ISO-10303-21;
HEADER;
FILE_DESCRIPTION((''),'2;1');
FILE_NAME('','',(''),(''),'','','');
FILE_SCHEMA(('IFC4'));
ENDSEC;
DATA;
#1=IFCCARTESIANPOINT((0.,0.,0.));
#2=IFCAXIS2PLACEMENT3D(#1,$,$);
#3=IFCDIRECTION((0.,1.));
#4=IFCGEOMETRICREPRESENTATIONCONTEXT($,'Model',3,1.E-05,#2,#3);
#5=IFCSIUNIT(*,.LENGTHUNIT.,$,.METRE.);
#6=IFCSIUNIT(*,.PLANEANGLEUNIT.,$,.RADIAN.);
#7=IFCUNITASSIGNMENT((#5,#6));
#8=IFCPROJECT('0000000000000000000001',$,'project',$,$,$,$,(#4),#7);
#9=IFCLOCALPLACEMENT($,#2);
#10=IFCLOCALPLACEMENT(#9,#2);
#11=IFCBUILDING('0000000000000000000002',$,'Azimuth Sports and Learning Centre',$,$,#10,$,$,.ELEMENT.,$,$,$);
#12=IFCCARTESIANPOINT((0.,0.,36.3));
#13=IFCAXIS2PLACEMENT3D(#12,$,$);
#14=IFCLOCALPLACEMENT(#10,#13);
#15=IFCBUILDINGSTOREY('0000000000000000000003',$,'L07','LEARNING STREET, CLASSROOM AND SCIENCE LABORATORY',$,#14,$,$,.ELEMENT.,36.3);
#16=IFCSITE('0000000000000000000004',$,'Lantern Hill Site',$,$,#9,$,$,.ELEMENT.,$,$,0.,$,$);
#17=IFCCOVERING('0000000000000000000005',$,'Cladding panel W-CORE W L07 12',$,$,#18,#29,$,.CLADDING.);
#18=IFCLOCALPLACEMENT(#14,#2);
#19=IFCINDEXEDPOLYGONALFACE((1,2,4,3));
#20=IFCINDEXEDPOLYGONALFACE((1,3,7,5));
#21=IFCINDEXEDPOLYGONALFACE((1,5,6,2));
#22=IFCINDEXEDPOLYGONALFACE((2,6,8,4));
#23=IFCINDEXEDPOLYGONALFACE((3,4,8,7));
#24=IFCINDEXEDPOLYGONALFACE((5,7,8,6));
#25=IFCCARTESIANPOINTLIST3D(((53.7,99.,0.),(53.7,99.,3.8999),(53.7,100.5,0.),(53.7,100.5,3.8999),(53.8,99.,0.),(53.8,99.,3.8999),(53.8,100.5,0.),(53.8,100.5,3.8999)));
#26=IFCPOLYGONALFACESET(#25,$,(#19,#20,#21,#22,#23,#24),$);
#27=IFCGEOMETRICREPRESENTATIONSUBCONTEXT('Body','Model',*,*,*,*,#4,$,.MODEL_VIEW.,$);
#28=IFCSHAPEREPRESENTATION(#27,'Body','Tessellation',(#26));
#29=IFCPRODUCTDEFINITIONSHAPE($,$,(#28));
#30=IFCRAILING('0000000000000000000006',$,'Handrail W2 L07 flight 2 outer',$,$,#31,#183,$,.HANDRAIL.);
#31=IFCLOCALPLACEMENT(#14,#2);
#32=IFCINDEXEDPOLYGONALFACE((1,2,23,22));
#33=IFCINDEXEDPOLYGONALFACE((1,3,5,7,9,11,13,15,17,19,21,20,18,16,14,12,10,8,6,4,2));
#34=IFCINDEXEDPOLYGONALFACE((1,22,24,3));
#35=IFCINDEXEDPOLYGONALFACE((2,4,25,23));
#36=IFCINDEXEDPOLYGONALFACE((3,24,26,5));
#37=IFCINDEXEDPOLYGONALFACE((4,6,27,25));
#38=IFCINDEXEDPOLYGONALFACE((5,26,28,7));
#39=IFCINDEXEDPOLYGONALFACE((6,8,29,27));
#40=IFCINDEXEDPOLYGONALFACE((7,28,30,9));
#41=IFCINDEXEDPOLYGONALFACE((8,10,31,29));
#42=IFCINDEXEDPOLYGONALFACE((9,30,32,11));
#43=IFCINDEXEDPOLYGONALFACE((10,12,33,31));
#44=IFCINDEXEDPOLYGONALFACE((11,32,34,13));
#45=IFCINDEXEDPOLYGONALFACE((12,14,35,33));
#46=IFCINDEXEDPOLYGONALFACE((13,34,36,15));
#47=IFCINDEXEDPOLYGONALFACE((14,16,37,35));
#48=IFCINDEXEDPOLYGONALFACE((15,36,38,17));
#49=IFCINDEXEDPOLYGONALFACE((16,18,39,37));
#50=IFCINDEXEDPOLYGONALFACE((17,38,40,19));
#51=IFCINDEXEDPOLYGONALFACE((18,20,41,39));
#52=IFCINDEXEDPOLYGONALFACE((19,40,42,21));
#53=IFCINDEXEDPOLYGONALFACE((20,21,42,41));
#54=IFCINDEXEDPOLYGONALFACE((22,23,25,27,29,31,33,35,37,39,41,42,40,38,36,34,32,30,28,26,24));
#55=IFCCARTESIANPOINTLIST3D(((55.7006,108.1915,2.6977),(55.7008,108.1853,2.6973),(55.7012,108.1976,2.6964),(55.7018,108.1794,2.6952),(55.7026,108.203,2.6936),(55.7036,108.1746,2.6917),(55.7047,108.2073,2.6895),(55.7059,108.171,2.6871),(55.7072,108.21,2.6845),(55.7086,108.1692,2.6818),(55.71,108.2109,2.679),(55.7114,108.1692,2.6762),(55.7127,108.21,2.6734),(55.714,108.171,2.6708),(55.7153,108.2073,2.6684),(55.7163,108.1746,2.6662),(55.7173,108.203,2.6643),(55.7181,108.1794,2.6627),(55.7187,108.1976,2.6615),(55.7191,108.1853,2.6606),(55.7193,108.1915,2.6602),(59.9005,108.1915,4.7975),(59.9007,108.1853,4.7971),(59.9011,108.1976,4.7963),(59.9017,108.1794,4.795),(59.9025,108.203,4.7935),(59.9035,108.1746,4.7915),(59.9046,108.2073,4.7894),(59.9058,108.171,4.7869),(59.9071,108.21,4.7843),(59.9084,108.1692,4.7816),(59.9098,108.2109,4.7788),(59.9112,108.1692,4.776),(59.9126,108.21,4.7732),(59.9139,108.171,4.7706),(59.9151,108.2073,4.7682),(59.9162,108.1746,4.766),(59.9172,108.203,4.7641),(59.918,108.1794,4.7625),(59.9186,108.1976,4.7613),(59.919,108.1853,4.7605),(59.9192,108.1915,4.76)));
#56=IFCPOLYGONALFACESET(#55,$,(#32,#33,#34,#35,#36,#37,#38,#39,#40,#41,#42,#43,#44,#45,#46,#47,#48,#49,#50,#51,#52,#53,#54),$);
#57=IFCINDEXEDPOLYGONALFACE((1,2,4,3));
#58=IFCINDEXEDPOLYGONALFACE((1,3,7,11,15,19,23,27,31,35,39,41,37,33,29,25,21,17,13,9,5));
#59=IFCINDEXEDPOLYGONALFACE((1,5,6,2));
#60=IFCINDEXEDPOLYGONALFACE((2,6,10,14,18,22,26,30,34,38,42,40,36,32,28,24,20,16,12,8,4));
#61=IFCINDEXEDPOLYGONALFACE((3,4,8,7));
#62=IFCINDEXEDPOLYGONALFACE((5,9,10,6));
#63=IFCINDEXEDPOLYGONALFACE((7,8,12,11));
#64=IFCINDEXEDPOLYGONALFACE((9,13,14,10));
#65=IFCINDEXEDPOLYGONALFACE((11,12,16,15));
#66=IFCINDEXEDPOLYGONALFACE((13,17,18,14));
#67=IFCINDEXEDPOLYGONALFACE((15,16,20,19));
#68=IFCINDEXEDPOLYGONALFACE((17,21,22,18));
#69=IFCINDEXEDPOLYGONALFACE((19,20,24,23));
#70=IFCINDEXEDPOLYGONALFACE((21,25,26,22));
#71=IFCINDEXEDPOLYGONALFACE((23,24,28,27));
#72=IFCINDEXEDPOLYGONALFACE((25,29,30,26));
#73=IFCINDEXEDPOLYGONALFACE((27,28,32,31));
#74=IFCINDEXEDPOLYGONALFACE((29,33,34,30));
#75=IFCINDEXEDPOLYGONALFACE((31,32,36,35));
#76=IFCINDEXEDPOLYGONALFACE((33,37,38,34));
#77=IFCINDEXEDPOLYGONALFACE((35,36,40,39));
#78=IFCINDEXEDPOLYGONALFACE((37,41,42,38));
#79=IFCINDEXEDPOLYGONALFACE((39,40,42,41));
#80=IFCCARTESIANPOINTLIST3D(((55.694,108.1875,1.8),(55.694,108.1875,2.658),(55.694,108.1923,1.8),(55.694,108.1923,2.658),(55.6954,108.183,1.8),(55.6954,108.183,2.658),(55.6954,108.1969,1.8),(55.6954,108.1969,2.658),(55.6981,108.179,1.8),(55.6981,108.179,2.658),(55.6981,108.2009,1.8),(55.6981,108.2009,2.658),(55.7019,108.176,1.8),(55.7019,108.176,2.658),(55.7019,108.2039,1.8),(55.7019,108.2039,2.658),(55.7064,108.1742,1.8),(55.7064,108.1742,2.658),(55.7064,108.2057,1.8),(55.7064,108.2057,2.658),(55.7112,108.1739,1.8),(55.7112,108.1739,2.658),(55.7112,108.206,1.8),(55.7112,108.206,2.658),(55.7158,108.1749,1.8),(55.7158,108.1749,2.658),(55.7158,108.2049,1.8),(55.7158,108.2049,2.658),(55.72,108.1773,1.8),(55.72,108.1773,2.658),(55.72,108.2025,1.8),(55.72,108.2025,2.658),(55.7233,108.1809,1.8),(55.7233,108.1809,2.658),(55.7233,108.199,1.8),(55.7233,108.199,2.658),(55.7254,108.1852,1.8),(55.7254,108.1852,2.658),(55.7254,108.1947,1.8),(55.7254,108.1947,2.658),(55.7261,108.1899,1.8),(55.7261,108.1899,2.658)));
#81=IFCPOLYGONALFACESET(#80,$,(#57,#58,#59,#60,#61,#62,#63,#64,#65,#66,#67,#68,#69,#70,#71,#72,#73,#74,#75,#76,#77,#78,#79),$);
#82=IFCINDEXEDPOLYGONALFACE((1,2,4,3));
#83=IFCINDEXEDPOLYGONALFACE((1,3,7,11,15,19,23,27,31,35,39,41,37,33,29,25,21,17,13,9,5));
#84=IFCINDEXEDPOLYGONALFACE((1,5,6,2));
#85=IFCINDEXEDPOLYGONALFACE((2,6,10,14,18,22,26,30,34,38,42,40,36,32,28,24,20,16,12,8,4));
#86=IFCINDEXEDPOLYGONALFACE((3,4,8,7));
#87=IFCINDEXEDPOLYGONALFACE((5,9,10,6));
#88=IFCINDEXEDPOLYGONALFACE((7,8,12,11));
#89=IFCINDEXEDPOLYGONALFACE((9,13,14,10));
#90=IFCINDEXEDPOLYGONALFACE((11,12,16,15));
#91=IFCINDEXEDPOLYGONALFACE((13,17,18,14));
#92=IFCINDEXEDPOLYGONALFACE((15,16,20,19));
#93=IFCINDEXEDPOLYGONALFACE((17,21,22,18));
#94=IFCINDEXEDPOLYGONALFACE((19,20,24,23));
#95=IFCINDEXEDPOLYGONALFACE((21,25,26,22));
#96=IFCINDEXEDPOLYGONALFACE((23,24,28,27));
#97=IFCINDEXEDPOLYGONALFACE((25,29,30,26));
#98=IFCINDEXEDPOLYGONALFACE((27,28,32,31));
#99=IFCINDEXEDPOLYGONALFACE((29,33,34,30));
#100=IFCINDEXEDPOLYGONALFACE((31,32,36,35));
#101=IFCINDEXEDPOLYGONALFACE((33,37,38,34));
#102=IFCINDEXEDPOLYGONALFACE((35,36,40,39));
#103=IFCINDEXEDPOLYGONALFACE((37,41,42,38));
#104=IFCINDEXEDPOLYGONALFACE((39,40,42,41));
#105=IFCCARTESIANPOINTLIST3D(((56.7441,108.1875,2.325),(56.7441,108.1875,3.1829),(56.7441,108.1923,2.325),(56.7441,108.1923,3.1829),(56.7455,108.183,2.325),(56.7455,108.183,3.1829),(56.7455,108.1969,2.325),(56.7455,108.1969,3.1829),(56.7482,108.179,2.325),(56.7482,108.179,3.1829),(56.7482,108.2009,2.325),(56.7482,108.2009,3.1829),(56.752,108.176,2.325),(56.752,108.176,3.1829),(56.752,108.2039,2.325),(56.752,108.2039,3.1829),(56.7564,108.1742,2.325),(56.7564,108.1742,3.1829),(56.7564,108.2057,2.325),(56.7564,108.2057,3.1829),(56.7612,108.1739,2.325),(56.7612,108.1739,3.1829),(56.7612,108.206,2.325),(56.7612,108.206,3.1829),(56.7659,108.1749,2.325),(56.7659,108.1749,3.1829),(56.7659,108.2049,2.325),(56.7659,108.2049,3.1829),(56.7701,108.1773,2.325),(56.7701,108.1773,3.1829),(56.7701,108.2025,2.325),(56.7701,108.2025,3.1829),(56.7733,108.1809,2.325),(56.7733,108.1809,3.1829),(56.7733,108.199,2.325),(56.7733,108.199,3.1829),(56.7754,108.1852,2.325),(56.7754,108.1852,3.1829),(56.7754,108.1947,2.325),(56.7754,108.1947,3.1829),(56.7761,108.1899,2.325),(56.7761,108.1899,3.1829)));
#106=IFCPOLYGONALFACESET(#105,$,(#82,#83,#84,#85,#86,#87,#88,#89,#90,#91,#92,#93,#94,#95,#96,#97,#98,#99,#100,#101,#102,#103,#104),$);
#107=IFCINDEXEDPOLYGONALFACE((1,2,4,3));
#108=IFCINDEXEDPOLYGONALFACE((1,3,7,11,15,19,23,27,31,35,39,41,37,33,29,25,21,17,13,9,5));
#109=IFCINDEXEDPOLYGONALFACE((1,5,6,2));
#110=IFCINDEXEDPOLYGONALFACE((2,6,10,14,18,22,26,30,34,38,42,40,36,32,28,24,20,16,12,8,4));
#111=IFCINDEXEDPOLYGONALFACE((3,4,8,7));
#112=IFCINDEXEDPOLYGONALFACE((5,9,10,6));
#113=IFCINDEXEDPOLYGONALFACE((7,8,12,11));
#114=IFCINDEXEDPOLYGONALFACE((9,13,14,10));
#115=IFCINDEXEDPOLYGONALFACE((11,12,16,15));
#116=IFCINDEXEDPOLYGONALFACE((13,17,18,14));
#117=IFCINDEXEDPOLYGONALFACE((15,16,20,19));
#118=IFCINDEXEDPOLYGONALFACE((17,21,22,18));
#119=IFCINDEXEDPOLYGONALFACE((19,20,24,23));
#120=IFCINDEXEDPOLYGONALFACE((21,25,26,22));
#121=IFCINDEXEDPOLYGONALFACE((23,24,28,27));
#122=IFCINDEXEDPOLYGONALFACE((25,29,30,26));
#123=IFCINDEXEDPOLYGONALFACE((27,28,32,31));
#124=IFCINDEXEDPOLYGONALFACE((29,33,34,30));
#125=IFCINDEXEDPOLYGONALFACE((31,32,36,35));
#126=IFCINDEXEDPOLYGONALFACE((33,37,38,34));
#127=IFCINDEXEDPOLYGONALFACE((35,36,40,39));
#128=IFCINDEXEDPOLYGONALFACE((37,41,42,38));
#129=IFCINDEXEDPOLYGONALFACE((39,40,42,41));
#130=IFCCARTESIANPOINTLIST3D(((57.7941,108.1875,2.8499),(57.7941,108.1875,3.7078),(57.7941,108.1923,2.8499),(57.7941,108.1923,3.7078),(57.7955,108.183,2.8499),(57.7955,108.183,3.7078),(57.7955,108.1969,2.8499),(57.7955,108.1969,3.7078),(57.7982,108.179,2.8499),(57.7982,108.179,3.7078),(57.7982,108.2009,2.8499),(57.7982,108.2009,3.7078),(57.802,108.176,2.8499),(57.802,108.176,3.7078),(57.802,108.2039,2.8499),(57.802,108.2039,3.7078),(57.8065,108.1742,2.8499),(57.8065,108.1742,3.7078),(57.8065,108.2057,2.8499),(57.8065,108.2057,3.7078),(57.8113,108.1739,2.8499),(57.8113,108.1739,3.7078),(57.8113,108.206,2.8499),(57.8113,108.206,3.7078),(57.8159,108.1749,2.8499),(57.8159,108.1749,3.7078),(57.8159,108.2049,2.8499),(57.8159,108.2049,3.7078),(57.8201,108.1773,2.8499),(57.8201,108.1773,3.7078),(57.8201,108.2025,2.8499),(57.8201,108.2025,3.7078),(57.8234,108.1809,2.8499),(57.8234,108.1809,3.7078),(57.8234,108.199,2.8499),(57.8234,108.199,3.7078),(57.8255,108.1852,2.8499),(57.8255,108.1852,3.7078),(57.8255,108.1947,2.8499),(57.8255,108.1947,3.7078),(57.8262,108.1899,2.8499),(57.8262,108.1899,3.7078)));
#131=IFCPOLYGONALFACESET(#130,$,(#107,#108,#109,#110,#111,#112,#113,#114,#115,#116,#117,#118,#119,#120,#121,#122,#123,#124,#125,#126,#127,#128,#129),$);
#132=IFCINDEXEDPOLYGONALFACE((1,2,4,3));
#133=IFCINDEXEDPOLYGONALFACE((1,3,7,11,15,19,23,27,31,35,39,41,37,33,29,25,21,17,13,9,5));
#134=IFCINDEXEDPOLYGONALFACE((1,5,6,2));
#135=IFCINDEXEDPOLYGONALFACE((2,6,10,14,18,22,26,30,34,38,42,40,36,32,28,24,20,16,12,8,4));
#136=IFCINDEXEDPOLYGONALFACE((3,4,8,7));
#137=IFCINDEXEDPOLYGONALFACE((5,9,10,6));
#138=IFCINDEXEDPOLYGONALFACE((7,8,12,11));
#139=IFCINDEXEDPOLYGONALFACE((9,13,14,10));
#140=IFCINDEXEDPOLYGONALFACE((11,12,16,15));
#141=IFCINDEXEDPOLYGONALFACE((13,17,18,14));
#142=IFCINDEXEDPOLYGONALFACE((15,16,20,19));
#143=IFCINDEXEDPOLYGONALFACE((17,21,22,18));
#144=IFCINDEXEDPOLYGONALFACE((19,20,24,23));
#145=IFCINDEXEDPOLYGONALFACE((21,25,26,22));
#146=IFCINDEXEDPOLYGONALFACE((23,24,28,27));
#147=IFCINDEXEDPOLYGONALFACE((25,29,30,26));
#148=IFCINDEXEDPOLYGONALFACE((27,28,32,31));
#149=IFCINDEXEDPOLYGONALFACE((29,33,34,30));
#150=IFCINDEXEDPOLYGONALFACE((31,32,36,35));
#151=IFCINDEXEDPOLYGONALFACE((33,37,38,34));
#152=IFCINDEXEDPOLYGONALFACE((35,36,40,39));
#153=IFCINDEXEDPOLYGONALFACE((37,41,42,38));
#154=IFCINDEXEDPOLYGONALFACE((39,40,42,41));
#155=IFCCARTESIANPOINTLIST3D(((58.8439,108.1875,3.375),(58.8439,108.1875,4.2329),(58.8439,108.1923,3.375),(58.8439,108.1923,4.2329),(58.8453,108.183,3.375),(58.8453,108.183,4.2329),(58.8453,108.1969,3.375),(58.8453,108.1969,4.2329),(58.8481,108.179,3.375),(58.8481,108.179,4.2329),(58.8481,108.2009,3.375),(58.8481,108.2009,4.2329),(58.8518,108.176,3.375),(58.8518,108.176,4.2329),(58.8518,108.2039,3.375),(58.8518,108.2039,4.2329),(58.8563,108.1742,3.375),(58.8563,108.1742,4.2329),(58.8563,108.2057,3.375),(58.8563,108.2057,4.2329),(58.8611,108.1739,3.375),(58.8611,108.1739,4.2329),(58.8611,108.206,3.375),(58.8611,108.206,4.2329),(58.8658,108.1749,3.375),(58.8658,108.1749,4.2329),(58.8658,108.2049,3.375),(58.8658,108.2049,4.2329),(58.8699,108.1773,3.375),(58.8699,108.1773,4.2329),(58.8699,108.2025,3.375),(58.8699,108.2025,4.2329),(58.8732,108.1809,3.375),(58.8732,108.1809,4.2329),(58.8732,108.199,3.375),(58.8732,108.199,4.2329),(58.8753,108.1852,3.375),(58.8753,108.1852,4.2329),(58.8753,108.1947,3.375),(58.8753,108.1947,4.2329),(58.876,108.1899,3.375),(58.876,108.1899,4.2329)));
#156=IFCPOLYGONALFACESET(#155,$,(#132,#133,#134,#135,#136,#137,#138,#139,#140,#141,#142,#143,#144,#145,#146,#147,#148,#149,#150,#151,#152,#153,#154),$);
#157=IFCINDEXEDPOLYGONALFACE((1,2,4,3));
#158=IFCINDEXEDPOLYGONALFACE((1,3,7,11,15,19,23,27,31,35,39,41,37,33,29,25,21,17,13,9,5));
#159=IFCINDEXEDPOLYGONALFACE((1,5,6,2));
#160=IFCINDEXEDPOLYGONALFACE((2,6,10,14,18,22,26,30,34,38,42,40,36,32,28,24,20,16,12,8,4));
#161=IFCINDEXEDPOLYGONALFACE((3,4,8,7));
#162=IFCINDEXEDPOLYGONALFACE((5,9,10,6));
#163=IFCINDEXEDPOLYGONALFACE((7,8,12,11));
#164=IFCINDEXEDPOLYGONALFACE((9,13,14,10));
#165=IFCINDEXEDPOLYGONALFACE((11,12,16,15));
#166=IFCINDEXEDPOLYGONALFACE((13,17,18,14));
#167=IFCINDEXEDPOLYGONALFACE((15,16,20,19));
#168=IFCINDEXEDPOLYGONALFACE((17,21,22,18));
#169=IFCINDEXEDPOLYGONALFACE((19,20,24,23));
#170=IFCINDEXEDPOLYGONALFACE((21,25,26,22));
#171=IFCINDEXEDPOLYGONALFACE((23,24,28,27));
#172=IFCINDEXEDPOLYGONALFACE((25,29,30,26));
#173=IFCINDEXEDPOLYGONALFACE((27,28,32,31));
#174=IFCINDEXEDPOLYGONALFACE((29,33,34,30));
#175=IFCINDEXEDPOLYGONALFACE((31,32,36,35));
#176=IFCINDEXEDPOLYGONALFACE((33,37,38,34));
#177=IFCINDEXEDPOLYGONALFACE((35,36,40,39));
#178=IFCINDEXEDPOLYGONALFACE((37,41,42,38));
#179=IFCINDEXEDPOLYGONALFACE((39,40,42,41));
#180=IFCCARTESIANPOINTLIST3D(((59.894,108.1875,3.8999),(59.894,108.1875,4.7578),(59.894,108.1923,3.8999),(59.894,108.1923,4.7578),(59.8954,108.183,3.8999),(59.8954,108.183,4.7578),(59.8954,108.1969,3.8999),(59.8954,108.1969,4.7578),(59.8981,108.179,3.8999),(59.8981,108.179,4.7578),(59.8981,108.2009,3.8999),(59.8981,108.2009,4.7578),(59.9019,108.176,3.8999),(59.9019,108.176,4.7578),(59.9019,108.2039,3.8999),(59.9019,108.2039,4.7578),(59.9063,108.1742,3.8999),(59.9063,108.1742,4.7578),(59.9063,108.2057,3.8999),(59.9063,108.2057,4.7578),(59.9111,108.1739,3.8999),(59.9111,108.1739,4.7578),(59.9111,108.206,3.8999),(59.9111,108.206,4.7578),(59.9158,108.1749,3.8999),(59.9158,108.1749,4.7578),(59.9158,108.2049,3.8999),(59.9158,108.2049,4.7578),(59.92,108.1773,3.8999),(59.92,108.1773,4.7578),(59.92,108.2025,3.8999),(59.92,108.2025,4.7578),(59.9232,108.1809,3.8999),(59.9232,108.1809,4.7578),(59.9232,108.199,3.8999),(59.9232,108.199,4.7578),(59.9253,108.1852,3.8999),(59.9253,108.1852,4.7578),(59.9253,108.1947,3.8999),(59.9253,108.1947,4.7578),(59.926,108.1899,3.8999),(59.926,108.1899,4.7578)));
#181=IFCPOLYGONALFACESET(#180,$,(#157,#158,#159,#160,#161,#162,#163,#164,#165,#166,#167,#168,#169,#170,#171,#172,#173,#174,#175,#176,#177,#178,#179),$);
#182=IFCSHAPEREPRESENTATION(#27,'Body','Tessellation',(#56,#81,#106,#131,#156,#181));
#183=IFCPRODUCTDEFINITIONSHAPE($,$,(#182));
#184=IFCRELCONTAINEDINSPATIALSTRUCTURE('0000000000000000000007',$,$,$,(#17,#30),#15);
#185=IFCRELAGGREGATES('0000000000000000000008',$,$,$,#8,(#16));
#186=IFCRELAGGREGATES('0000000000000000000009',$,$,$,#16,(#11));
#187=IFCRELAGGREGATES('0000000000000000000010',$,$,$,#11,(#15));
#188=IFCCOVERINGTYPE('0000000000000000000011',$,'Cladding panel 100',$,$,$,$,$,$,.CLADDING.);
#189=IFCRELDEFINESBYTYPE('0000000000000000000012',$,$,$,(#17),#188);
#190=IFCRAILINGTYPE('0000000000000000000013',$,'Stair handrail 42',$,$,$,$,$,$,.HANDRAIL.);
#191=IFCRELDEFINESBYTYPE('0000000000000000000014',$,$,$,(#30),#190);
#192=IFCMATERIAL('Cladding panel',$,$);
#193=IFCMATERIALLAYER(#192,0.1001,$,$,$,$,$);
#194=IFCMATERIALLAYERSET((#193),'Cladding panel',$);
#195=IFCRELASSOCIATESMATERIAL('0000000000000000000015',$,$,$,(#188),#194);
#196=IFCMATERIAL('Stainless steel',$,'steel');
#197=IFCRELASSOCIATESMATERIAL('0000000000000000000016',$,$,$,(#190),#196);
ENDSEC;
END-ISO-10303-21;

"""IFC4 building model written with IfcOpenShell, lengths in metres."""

from ifc_helpers import new_model, si_unit, direction, frame, origin, origin_2d, place, context, subcontext, project, spatial, rectangle, circle, extrude, material, layer, layer_set, type_object, element, save


model = new_model("IFC4")

# Units and contexts
model_context = context("Model", 3, precision=1e-05, world=origin(), true_north=direction((0.0, 1.0)))
body_context = subcontext(model_context, "Body", "Model", "MODEL_VIEW")
ifc_project = project(units=[si_unit("LENGTHUNIT", "METRE"), si_unit("PLANEANGLEUNIT", "RADIAN")], contexts=[model_context])

# Site, building, storey
site_placement = place(None, origin())
site = spatial("IfcSite", under=ifc_project, at=site_placement, Name="Lantern Hill Site", CompositionType="ELEMENT", RefElevation=0.0)
building_placement = place(site_placement, origin())
building = spatial("IfcBuilding", under=site, at=building_placement, Name="Azimuth Sports and Learning Centre", CompositionType="ELEMENT")
storey_placement = place(building_placement, frame((0.0, 0.0, 36.3)))
storey = spatial("IfcBuildingStorey", under=building, at=storey_placement, Name="L07", Description="LEARNING STREET, CLASSROOM AND SCIENCE LABORATORY", CompositionType="ELEMENT", Elevation=36.3)

# Covering
ifc_material_1 = material(Name="Cladding panel")
ifc_layer_1 = layer(ifc_material_1, 0.1001)
ifc_layer_set_1 = layer_set([ifc_layer_1], Name="Cladding panel")
covering_type = type_object("IfcCoveringType", Name="Cladding panel 100", PredefinedType="CLADDING", material=ifc_layer_set_1)
for number, where, z_axis, x_axis, name in (
    (1, (53.75, 99.75, 0.0), (0.0, 0.0, 1.0), (0.0, -1.0, 0.0), "Cladding panel W-CORE W L07 12"),
):
    element("IfcCovering", number, at=place(storey_placement, frame(where, z_axis=z_axis, x_axis=x_axis)), inside=storey, type_object=covering_type, Name=name, PredefinedType="CLADDING", context=body_context, shape_type="SweptSolid", body=[
        extrude(rectangle(XDim=1.5, YDim=0.1001, at=origin_2d()), origin(), (0.0, 0.0, 1.0), 3.8999),
    ])

# Railing
ifc_material_2 = material(Name="Stainless steel", Category="steel")
railing_type = type_object("IfcRailingType", Name="Stair handrail 42", PredefinedType="HANDRAIL", material=ifc_material_2)
railing_placement = place(storey_placement, frame((55.71, 108.1899, 1.8)))
element("IfcRailing", 2, at=railing_placement, inside=storey, type_object=railing_type, Name="Handrail W2 L07 flight 2 outer", PredefinedType="HANDRAIL", context=body_context, shape_type="SweptSolid", body=[
    extrude(circle(Radius=0.021, at=origin_2d()), frame((0.0, 0.0, 0.8789), z_axis=(0.894438, 0.0, 0.447193), x_axis=(0.0, 1.0, 0.0)), (0.0, 0.0, 1.0), 4.6956),
    extrude(circle(Radius=0.0161, at=origin_2d()), origin(), (0.0, 0.0, 1.0), 0.8579),
    extrude(circle(Radius=0.0161, at=origin_2d()), frame((1.05, 0.0, 0.5249)), (0.0, 0.0, 1.0), 0.8579),
    extrude(circle(Radius=0.0161, at=origin_2d()), frame((2.1001, 0.0, 1.0498)), (0.0, 0.0, 1.0), 0.8579),
    extrude(circle(Radius=0.0161, at=origin_2d()), frame((3.1499, 0.0, 1.575)), (0.0, 0.0, 1.0), 0.8579),
    extrude(circle(Radius=0.0161, at=origin_2d()), frame((4.2, 0.0, 2.0999)), (0.0, 0.0, 1.0), 0.8579),
])

save(model, "model.ifc")
